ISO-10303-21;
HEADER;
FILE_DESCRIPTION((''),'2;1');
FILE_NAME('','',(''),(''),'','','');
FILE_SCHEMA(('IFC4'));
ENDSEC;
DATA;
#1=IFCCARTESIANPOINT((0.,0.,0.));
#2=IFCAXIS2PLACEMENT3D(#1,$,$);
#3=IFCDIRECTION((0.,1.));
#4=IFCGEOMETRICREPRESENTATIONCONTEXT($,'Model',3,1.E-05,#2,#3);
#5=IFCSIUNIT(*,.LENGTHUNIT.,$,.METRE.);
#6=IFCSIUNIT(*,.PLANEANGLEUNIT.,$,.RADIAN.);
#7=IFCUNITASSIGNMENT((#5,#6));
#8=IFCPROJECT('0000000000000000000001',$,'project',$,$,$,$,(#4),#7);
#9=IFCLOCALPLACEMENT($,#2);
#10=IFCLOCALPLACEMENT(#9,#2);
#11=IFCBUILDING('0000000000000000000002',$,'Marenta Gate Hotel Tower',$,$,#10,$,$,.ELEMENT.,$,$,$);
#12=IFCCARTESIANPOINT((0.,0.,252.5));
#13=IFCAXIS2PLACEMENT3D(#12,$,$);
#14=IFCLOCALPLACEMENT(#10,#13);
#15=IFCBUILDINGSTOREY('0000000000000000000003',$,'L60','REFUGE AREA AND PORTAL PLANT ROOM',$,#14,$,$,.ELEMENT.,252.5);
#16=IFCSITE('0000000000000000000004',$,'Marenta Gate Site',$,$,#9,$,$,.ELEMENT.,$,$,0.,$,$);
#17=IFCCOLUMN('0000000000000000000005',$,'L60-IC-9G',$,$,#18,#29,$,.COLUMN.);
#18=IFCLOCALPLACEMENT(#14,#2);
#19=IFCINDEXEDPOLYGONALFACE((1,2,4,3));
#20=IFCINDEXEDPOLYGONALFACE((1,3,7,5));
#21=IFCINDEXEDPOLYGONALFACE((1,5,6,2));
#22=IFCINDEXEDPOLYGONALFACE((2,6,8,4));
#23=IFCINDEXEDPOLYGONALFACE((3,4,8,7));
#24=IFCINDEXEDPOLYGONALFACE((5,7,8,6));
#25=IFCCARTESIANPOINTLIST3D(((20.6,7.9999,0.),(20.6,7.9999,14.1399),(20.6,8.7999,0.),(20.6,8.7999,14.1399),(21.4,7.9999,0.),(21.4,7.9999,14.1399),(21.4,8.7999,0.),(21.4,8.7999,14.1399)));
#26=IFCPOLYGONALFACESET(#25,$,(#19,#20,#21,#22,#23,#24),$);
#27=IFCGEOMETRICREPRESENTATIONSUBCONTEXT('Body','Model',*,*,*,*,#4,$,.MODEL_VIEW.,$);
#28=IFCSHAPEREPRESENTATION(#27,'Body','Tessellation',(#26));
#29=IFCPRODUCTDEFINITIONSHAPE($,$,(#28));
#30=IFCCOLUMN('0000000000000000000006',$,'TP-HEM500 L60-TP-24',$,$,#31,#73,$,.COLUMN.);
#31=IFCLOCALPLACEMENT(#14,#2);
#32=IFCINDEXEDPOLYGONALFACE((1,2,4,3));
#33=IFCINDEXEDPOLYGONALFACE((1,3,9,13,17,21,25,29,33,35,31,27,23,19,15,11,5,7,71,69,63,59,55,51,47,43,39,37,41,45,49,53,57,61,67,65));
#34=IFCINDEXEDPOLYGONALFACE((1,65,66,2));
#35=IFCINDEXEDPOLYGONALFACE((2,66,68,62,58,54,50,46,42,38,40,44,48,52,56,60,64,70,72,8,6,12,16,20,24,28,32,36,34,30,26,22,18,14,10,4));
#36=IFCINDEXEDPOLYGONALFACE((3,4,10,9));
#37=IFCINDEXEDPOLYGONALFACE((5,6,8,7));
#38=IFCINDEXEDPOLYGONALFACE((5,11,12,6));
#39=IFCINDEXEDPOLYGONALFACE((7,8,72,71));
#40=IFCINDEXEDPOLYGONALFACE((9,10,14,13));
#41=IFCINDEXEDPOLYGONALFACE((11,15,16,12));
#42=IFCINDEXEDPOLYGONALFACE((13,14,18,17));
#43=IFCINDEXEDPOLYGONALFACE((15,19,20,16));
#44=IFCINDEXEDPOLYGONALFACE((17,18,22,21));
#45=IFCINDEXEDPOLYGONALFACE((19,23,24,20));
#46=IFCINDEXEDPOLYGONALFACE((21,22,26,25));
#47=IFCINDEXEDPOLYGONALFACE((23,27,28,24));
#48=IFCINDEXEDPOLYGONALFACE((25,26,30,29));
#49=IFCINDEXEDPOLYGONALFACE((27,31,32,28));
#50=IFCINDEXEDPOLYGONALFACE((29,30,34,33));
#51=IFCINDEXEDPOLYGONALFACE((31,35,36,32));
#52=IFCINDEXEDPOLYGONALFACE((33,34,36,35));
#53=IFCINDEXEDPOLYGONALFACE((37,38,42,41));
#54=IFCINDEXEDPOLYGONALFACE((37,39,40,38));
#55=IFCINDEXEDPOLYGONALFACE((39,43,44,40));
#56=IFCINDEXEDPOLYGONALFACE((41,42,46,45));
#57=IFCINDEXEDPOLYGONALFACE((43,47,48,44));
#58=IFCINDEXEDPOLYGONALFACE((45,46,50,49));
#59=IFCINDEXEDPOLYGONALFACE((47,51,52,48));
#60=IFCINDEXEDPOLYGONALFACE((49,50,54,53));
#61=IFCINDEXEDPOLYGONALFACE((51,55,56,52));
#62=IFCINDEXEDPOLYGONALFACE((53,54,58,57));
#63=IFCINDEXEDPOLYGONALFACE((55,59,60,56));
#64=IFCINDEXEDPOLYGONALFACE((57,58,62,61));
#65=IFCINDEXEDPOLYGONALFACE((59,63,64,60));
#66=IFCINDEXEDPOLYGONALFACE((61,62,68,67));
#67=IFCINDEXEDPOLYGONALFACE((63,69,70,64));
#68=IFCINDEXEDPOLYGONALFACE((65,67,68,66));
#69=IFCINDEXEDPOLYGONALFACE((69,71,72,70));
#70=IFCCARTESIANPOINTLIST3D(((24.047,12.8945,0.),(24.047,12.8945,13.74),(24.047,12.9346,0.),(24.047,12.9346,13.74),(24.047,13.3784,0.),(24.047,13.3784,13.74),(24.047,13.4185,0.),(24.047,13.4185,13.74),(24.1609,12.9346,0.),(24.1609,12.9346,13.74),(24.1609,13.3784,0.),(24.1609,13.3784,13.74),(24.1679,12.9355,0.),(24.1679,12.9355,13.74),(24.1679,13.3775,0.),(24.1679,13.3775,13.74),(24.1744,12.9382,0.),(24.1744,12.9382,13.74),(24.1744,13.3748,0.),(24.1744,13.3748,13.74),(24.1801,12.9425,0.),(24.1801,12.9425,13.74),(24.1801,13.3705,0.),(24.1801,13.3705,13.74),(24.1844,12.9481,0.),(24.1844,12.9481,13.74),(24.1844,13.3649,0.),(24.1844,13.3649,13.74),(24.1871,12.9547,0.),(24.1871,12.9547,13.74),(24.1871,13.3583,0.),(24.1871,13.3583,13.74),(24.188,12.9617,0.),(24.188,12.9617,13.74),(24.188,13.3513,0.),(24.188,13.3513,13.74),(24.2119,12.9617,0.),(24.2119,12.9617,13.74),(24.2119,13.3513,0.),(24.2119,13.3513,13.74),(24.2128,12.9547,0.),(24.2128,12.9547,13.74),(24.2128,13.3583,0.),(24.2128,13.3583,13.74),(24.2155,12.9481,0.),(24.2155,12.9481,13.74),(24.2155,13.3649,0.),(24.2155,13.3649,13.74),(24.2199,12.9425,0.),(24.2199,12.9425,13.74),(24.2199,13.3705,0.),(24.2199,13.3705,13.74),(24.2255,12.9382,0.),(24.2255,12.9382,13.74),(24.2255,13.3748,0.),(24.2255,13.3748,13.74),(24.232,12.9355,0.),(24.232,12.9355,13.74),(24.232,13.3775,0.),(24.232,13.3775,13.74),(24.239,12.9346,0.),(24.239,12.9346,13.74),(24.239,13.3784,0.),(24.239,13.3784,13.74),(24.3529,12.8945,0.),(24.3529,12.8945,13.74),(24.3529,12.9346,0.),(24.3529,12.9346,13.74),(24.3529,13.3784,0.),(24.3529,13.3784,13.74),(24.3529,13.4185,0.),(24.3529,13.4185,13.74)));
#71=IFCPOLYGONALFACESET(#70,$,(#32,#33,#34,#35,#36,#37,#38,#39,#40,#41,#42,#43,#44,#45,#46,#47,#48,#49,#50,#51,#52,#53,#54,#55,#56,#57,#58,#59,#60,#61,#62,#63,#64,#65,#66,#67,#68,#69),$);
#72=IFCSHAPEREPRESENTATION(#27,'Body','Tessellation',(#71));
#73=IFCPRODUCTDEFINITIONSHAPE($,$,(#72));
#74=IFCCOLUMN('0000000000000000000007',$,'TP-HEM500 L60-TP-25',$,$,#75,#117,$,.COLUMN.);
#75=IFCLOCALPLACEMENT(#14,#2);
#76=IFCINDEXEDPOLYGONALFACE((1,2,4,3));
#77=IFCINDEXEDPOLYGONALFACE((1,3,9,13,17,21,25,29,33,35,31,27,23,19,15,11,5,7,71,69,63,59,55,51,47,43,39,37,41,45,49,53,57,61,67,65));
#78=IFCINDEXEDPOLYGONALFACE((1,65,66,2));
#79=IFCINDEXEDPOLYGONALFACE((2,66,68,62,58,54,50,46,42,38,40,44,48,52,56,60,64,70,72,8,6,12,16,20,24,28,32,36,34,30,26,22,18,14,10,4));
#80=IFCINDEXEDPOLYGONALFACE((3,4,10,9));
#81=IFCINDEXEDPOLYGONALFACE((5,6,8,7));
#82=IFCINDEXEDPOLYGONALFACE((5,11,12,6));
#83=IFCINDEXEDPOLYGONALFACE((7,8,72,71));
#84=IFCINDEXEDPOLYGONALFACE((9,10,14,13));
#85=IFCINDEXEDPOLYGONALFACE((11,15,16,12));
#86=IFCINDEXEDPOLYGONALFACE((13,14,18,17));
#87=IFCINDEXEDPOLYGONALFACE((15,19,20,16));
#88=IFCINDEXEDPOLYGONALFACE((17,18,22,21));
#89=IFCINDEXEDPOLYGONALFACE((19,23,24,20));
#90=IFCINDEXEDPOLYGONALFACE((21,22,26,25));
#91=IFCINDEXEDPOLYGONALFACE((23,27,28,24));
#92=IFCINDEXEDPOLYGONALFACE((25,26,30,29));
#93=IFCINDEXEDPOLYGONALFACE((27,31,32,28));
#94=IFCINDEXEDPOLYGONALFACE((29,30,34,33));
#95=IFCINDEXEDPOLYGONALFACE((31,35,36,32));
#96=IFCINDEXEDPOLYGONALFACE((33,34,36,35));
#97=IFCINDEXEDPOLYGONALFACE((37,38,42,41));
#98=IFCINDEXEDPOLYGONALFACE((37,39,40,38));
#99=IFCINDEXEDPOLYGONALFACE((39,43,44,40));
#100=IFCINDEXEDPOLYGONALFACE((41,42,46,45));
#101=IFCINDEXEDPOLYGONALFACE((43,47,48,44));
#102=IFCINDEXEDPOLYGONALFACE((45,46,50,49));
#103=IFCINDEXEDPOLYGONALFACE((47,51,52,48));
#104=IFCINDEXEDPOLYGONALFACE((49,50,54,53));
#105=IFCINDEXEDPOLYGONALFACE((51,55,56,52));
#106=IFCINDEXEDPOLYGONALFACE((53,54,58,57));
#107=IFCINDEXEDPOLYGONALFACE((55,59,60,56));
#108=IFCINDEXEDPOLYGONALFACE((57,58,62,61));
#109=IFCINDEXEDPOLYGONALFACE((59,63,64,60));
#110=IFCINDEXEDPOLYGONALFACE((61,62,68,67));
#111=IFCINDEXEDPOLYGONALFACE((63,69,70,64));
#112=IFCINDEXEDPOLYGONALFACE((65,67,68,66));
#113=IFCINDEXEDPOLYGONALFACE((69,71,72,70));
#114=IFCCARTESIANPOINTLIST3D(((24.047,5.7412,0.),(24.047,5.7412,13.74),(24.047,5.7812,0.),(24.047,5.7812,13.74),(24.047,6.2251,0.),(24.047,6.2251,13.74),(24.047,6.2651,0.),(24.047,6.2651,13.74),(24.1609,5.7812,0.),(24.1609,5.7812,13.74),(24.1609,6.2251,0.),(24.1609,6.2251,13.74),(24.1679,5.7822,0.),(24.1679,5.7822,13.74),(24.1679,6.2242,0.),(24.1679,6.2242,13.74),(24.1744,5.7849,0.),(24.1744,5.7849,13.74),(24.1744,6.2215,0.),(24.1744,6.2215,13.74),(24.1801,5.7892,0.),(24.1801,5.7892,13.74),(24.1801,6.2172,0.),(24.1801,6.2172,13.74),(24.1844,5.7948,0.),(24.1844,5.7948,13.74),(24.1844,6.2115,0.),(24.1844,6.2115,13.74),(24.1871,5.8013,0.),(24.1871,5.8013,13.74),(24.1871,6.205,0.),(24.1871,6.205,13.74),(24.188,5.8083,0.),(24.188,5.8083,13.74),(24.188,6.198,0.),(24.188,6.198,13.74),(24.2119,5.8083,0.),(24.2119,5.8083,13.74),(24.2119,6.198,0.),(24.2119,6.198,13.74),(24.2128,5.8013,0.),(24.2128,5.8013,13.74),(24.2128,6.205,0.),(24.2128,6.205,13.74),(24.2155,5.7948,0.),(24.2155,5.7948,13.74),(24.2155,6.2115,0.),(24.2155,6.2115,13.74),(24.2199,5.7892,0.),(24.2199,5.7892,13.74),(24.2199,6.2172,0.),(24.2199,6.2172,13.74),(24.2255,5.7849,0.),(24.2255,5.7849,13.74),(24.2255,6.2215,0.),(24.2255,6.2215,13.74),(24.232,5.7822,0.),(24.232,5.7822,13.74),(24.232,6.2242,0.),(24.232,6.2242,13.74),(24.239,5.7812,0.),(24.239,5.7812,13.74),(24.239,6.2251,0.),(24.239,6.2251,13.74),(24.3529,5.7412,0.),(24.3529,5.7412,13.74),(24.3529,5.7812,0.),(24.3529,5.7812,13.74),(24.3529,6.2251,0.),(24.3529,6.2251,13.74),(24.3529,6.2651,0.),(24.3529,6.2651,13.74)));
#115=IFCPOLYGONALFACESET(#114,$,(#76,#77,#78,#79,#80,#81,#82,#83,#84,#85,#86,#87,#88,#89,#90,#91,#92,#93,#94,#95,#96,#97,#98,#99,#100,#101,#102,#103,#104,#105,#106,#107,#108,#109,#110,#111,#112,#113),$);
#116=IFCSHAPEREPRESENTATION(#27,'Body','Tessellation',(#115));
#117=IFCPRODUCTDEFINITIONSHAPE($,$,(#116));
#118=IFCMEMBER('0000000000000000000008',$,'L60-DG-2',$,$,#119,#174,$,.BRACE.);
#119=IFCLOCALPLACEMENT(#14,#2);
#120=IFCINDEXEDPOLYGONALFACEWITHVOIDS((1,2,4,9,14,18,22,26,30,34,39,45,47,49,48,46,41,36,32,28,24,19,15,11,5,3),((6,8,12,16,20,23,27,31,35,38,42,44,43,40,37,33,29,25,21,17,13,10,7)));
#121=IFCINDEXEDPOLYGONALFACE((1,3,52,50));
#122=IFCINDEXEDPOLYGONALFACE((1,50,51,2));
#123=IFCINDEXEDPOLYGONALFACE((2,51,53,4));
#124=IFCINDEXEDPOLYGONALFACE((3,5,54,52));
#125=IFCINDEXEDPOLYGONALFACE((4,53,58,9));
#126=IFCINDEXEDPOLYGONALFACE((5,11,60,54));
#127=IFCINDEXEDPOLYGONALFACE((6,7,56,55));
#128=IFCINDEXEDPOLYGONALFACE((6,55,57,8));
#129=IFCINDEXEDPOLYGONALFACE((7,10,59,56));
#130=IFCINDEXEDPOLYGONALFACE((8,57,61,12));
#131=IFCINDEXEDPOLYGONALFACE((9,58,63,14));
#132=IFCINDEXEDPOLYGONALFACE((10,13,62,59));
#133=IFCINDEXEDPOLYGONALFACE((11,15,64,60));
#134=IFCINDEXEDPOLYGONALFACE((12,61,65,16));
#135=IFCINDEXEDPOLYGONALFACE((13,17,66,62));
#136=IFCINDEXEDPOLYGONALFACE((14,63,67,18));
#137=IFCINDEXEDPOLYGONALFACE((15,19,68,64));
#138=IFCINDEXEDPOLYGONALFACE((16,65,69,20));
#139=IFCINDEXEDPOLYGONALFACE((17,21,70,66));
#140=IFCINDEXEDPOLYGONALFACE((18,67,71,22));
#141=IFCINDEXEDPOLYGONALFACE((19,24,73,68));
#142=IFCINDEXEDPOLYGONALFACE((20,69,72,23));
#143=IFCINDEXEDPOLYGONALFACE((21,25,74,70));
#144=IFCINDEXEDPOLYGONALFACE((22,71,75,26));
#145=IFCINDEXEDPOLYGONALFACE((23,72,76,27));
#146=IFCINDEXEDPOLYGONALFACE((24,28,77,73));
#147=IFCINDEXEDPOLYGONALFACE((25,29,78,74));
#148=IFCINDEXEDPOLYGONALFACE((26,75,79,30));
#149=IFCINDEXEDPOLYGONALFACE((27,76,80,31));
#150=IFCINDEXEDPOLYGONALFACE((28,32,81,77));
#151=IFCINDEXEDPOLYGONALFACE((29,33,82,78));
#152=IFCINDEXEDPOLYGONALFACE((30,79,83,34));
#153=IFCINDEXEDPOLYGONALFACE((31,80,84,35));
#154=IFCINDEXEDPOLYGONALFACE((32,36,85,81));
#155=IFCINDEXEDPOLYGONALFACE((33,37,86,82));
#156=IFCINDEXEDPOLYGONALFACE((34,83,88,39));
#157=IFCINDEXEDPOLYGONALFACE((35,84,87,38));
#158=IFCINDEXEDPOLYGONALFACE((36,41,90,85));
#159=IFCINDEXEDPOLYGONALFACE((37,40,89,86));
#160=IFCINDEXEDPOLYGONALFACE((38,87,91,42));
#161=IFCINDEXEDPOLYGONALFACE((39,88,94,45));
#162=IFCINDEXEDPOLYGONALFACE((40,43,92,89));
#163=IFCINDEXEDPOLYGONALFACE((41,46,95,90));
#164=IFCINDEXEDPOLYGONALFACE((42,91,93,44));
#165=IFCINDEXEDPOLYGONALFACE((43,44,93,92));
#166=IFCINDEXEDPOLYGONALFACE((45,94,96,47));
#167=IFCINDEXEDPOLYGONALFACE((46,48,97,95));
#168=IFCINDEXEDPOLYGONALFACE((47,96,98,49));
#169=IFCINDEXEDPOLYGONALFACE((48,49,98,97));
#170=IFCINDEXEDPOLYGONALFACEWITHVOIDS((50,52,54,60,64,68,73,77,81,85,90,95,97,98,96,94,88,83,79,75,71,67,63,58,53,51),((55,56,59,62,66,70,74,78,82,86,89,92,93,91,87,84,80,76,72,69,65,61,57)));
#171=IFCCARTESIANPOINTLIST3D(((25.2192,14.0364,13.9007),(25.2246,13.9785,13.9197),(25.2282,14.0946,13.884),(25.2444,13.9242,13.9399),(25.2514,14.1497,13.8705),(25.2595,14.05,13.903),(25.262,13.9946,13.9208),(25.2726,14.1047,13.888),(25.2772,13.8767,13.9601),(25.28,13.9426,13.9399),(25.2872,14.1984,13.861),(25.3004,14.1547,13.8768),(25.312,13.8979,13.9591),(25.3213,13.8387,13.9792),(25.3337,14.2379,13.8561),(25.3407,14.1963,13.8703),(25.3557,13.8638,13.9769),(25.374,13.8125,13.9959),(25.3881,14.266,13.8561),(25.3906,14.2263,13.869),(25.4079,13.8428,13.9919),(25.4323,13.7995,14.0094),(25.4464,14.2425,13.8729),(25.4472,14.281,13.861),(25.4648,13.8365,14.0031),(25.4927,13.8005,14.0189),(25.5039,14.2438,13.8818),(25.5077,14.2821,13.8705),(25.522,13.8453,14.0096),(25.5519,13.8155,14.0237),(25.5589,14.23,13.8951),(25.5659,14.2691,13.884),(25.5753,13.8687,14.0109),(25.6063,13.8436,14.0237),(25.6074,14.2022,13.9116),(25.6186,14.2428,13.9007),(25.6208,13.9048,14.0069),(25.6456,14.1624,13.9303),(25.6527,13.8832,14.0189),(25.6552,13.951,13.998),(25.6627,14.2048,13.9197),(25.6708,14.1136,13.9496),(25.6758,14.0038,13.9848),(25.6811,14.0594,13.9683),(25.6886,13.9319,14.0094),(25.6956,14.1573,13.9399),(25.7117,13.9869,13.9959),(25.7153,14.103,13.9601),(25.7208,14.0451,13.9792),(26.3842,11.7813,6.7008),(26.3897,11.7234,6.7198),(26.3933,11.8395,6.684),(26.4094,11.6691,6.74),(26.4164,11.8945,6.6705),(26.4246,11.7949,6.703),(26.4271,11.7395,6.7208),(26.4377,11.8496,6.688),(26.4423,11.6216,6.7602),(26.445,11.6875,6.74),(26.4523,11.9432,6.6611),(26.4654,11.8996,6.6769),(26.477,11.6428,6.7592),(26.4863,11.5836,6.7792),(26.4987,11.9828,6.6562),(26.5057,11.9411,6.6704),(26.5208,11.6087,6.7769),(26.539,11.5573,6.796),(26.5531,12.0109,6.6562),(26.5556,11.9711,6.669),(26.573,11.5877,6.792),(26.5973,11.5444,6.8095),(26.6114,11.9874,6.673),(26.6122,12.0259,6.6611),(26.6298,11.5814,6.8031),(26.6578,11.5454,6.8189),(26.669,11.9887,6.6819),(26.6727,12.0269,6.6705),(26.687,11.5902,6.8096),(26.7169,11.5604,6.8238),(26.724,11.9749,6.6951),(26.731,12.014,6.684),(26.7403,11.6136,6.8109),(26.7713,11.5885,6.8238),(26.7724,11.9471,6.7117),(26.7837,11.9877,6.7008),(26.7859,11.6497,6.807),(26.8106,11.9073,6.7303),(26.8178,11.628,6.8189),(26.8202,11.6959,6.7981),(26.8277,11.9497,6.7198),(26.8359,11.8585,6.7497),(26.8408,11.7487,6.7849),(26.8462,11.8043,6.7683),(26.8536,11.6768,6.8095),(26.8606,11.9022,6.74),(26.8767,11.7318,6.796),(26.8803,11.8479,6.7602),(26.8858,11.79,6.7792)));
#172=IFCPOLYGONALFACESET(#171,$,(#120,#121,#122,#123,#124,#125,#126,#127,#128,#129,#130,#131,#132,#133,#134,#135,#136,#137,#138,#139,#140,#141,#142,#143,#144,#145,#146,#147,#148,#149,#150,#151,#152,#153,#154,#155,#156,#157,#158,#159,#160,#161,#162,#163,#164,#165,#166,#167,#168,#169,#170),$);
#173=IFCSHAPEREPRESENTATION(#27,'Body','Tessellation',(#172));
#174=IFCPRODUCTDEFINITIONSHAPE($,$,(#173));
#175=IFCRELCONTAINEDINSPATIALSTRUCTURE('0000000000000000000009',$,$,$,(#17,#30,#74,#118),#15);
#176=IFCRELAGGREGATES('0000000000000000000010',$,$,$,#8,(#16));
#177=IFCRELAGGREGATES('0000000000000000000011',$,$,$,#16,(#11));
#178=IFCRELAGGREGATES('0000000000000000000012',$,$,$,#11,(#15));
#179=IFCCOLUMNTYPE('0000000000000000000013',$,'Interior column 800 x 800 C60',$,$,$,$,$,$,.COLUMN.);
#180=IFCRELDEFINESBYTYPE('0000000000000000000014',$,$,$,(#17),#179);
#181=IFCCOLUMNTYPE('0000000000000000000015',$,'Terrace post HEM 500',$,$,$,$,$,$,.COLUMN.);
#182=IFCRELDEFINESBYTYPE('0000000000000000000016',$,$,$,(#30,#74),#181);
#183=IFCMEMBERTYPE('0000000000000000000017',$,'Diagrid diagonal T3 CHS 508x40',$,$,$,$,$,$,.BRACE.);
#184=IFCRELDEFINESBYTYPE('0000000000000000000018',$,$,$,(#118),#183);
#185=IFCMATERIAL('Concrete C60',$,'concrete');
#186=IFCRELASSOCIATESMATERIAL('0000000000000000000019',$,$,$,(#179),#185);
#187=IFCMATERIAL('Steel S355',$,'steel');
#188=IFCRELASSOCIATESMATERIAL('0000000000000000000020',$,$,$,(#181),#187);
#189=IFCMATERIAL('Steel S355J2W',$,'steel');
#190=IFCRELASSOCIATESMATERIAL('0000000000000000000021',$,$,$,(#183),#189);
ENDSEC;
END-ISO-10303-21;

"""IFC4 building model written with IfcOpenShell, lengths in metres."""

from ifc_helpers import new_model, si_unit, direction, frame, origin, origin_2d, place, context, subcontext, project, spatial, rectangle, hollow_circle, i_section, extrude, material, material_profile, profile_set, type_object, element, save


model = new_model("IFC4")

# Units and contexts
model_context = context("Model", 3, precision=1e-05, world=origin(), true_north=direction((0.0, 1.0)))
body_context = subcontext(model_context, "Body", "Model", "MODEL_VIEW")
ifc_project = project(units=[si_unit("LENGTHUNIT", "METRE"), si_unit("PLANEANGLEUNIT", "RADIAN")], contexts=[model_context])

# Site, building, storey
site_placement = place(None, origin())
site = spatial("IfcSite", under=ifc_project, at=site_placement, Name="Marenta Gate Site", CompositionType="ELEMENT", RefElevation=0.0)
building_placement = place(site_placement, origin())
building = spatial("IfcBuilding", under=site, at=building_placement, Name="Marenta Gate Hotel Tower", CompositionType="ELEMENT")
storey_placement = place(building_placement, frame((0.0, 0.0, 252.5)))
storey = spatial("IfcBuildingStorey", under=building, at=storey_placement, Name="L60", Description="REFUGE AREA AND PORTAL PLANT ROOM", CompositionType="ELEMENT", Elevation=252.5)

# Columns
ifc_material_1 = material(Name="Concrete C60", Category="concrete")
ifc_material_profile_1 = material_profile(ifc_material_1, rectangle(XDim=0.8, YDim=0.8, at=origin_2d()), Name="800 x 800")
ifc_profile_set_1 = profile_set([ifc_material_profile_1], Name="Concrete C60")
column_type_1 = type_object("IfcColumnType", Name="Interior column 800 x 800 C60", PredefinedType="COLUMN", material=ifc_profile_set_1)
column_placement = place(storey_placement, frame((21.0, 8.3999, 0.0), z_axis=(0.0, 0.0, 1.0), x_axis=(1.0, 0.0, 0.0)))
element("IfcColumn", 1, at=column_placement, inside=storey, type_object=column_type_1, Name="L60-IC-9G", PredefinedType="COLUMN", context=body_context, shape_type="SweptSolid", body=[
    extrude(rectangle(XDim=0.8, YDim=0.8, at=origin_2d()), origin(), (0.0, 0.0, 1.0), 14.1399),
])
ifc_material_2 = material(Name="Steel S355", Category="steel")
ifc_material_profile_2 = material_profile(ifc_material_2, i_section(OverallWidth=0.3059, OverallDepth=0.5239, WebThickness=0.0239, FlangeThickness=0.04, FilletRadius=0.0271, at=origin_2d()), Name="HEM 500")
ifc_profile_set_2 = profile_set([ifc_material_profile_2], Name="Steel S355")
column_type_2 = type_object("IfcColumnType", Name="Terrace post HEM 500", PredefinedType="COLUMN", material=ifc_profile_set_2)
for number, where, z_axis, x_axis, name in (
    (2, (24.2, 13.1565, 0.0), (0.0, 0.0, 1.0), (1.0, 0.0, 0.0), "TP-HEM500 L60-TP-24"),
    (3, (24.2, 6.0032, 0.0), (0.0, 0.0, 1.0), (1.0, 0.0, 0.0), "TP-HEM500 L60-TP-25"),
):
    element("IfcColumn", number, at=place(storey_placement, frame(where, z_axis=z_axis, x_axis=x_axis)), inside=storey, type_object=column_type_2, Name=name, PredefinedType="COLUMN", context=body_context, shape_type="SweptSolid", body=[
        extrude(i_section(OverallWidth=0.3059, OverallDepth=0.5239, WebThickness=0.0239, FlangeThickness=0.04, FilletRadius=0.0271, at=origin_2d()), origin(), (0.0, 0.0, 1.0), 13.74),
    ])

# Member
ifc_material_3 = material(Name="Steel S355J2W", Category="steel")
ifc_material_profile_3 = material_profile(ifc_material_3, hollow_circle(Radius=0.2539, WallThickness=0.04, at=origin_2d()), Name="CHS 508x40")
ifc_profile_set_3 = profile_set([ifc_material_profile_3], Name="Steel S355J2W")
member_type_1 = type_object("IfcMemberType", Name="Diagrid diagonal T3 CHS 508x40", PredefinedType="BRACE", material=ifc_profile_set_3)
member_1_placement = place(storey_placement, frame((26.635, 11.7856, 6.74), z_axis=(-0.152606, 0.295395, 0.943108), x_axis=(-0.888444, -0.458986, 0.0)))
element("IfcMember", 4, at=member_1_placement, inside=storey, type_object=member_type_1, Name="L60-DG-2", PredefinedType="BRACE", context=body_context, shape_type="SweptSolid", body=[
    extrude(hollow_circle(Radius=0.2539, WallThickness=0.04, at=origin_2d()), origin(), (0.0, 0.0, 1.0), 7.6343),
])

save(model, "model.ifc")
